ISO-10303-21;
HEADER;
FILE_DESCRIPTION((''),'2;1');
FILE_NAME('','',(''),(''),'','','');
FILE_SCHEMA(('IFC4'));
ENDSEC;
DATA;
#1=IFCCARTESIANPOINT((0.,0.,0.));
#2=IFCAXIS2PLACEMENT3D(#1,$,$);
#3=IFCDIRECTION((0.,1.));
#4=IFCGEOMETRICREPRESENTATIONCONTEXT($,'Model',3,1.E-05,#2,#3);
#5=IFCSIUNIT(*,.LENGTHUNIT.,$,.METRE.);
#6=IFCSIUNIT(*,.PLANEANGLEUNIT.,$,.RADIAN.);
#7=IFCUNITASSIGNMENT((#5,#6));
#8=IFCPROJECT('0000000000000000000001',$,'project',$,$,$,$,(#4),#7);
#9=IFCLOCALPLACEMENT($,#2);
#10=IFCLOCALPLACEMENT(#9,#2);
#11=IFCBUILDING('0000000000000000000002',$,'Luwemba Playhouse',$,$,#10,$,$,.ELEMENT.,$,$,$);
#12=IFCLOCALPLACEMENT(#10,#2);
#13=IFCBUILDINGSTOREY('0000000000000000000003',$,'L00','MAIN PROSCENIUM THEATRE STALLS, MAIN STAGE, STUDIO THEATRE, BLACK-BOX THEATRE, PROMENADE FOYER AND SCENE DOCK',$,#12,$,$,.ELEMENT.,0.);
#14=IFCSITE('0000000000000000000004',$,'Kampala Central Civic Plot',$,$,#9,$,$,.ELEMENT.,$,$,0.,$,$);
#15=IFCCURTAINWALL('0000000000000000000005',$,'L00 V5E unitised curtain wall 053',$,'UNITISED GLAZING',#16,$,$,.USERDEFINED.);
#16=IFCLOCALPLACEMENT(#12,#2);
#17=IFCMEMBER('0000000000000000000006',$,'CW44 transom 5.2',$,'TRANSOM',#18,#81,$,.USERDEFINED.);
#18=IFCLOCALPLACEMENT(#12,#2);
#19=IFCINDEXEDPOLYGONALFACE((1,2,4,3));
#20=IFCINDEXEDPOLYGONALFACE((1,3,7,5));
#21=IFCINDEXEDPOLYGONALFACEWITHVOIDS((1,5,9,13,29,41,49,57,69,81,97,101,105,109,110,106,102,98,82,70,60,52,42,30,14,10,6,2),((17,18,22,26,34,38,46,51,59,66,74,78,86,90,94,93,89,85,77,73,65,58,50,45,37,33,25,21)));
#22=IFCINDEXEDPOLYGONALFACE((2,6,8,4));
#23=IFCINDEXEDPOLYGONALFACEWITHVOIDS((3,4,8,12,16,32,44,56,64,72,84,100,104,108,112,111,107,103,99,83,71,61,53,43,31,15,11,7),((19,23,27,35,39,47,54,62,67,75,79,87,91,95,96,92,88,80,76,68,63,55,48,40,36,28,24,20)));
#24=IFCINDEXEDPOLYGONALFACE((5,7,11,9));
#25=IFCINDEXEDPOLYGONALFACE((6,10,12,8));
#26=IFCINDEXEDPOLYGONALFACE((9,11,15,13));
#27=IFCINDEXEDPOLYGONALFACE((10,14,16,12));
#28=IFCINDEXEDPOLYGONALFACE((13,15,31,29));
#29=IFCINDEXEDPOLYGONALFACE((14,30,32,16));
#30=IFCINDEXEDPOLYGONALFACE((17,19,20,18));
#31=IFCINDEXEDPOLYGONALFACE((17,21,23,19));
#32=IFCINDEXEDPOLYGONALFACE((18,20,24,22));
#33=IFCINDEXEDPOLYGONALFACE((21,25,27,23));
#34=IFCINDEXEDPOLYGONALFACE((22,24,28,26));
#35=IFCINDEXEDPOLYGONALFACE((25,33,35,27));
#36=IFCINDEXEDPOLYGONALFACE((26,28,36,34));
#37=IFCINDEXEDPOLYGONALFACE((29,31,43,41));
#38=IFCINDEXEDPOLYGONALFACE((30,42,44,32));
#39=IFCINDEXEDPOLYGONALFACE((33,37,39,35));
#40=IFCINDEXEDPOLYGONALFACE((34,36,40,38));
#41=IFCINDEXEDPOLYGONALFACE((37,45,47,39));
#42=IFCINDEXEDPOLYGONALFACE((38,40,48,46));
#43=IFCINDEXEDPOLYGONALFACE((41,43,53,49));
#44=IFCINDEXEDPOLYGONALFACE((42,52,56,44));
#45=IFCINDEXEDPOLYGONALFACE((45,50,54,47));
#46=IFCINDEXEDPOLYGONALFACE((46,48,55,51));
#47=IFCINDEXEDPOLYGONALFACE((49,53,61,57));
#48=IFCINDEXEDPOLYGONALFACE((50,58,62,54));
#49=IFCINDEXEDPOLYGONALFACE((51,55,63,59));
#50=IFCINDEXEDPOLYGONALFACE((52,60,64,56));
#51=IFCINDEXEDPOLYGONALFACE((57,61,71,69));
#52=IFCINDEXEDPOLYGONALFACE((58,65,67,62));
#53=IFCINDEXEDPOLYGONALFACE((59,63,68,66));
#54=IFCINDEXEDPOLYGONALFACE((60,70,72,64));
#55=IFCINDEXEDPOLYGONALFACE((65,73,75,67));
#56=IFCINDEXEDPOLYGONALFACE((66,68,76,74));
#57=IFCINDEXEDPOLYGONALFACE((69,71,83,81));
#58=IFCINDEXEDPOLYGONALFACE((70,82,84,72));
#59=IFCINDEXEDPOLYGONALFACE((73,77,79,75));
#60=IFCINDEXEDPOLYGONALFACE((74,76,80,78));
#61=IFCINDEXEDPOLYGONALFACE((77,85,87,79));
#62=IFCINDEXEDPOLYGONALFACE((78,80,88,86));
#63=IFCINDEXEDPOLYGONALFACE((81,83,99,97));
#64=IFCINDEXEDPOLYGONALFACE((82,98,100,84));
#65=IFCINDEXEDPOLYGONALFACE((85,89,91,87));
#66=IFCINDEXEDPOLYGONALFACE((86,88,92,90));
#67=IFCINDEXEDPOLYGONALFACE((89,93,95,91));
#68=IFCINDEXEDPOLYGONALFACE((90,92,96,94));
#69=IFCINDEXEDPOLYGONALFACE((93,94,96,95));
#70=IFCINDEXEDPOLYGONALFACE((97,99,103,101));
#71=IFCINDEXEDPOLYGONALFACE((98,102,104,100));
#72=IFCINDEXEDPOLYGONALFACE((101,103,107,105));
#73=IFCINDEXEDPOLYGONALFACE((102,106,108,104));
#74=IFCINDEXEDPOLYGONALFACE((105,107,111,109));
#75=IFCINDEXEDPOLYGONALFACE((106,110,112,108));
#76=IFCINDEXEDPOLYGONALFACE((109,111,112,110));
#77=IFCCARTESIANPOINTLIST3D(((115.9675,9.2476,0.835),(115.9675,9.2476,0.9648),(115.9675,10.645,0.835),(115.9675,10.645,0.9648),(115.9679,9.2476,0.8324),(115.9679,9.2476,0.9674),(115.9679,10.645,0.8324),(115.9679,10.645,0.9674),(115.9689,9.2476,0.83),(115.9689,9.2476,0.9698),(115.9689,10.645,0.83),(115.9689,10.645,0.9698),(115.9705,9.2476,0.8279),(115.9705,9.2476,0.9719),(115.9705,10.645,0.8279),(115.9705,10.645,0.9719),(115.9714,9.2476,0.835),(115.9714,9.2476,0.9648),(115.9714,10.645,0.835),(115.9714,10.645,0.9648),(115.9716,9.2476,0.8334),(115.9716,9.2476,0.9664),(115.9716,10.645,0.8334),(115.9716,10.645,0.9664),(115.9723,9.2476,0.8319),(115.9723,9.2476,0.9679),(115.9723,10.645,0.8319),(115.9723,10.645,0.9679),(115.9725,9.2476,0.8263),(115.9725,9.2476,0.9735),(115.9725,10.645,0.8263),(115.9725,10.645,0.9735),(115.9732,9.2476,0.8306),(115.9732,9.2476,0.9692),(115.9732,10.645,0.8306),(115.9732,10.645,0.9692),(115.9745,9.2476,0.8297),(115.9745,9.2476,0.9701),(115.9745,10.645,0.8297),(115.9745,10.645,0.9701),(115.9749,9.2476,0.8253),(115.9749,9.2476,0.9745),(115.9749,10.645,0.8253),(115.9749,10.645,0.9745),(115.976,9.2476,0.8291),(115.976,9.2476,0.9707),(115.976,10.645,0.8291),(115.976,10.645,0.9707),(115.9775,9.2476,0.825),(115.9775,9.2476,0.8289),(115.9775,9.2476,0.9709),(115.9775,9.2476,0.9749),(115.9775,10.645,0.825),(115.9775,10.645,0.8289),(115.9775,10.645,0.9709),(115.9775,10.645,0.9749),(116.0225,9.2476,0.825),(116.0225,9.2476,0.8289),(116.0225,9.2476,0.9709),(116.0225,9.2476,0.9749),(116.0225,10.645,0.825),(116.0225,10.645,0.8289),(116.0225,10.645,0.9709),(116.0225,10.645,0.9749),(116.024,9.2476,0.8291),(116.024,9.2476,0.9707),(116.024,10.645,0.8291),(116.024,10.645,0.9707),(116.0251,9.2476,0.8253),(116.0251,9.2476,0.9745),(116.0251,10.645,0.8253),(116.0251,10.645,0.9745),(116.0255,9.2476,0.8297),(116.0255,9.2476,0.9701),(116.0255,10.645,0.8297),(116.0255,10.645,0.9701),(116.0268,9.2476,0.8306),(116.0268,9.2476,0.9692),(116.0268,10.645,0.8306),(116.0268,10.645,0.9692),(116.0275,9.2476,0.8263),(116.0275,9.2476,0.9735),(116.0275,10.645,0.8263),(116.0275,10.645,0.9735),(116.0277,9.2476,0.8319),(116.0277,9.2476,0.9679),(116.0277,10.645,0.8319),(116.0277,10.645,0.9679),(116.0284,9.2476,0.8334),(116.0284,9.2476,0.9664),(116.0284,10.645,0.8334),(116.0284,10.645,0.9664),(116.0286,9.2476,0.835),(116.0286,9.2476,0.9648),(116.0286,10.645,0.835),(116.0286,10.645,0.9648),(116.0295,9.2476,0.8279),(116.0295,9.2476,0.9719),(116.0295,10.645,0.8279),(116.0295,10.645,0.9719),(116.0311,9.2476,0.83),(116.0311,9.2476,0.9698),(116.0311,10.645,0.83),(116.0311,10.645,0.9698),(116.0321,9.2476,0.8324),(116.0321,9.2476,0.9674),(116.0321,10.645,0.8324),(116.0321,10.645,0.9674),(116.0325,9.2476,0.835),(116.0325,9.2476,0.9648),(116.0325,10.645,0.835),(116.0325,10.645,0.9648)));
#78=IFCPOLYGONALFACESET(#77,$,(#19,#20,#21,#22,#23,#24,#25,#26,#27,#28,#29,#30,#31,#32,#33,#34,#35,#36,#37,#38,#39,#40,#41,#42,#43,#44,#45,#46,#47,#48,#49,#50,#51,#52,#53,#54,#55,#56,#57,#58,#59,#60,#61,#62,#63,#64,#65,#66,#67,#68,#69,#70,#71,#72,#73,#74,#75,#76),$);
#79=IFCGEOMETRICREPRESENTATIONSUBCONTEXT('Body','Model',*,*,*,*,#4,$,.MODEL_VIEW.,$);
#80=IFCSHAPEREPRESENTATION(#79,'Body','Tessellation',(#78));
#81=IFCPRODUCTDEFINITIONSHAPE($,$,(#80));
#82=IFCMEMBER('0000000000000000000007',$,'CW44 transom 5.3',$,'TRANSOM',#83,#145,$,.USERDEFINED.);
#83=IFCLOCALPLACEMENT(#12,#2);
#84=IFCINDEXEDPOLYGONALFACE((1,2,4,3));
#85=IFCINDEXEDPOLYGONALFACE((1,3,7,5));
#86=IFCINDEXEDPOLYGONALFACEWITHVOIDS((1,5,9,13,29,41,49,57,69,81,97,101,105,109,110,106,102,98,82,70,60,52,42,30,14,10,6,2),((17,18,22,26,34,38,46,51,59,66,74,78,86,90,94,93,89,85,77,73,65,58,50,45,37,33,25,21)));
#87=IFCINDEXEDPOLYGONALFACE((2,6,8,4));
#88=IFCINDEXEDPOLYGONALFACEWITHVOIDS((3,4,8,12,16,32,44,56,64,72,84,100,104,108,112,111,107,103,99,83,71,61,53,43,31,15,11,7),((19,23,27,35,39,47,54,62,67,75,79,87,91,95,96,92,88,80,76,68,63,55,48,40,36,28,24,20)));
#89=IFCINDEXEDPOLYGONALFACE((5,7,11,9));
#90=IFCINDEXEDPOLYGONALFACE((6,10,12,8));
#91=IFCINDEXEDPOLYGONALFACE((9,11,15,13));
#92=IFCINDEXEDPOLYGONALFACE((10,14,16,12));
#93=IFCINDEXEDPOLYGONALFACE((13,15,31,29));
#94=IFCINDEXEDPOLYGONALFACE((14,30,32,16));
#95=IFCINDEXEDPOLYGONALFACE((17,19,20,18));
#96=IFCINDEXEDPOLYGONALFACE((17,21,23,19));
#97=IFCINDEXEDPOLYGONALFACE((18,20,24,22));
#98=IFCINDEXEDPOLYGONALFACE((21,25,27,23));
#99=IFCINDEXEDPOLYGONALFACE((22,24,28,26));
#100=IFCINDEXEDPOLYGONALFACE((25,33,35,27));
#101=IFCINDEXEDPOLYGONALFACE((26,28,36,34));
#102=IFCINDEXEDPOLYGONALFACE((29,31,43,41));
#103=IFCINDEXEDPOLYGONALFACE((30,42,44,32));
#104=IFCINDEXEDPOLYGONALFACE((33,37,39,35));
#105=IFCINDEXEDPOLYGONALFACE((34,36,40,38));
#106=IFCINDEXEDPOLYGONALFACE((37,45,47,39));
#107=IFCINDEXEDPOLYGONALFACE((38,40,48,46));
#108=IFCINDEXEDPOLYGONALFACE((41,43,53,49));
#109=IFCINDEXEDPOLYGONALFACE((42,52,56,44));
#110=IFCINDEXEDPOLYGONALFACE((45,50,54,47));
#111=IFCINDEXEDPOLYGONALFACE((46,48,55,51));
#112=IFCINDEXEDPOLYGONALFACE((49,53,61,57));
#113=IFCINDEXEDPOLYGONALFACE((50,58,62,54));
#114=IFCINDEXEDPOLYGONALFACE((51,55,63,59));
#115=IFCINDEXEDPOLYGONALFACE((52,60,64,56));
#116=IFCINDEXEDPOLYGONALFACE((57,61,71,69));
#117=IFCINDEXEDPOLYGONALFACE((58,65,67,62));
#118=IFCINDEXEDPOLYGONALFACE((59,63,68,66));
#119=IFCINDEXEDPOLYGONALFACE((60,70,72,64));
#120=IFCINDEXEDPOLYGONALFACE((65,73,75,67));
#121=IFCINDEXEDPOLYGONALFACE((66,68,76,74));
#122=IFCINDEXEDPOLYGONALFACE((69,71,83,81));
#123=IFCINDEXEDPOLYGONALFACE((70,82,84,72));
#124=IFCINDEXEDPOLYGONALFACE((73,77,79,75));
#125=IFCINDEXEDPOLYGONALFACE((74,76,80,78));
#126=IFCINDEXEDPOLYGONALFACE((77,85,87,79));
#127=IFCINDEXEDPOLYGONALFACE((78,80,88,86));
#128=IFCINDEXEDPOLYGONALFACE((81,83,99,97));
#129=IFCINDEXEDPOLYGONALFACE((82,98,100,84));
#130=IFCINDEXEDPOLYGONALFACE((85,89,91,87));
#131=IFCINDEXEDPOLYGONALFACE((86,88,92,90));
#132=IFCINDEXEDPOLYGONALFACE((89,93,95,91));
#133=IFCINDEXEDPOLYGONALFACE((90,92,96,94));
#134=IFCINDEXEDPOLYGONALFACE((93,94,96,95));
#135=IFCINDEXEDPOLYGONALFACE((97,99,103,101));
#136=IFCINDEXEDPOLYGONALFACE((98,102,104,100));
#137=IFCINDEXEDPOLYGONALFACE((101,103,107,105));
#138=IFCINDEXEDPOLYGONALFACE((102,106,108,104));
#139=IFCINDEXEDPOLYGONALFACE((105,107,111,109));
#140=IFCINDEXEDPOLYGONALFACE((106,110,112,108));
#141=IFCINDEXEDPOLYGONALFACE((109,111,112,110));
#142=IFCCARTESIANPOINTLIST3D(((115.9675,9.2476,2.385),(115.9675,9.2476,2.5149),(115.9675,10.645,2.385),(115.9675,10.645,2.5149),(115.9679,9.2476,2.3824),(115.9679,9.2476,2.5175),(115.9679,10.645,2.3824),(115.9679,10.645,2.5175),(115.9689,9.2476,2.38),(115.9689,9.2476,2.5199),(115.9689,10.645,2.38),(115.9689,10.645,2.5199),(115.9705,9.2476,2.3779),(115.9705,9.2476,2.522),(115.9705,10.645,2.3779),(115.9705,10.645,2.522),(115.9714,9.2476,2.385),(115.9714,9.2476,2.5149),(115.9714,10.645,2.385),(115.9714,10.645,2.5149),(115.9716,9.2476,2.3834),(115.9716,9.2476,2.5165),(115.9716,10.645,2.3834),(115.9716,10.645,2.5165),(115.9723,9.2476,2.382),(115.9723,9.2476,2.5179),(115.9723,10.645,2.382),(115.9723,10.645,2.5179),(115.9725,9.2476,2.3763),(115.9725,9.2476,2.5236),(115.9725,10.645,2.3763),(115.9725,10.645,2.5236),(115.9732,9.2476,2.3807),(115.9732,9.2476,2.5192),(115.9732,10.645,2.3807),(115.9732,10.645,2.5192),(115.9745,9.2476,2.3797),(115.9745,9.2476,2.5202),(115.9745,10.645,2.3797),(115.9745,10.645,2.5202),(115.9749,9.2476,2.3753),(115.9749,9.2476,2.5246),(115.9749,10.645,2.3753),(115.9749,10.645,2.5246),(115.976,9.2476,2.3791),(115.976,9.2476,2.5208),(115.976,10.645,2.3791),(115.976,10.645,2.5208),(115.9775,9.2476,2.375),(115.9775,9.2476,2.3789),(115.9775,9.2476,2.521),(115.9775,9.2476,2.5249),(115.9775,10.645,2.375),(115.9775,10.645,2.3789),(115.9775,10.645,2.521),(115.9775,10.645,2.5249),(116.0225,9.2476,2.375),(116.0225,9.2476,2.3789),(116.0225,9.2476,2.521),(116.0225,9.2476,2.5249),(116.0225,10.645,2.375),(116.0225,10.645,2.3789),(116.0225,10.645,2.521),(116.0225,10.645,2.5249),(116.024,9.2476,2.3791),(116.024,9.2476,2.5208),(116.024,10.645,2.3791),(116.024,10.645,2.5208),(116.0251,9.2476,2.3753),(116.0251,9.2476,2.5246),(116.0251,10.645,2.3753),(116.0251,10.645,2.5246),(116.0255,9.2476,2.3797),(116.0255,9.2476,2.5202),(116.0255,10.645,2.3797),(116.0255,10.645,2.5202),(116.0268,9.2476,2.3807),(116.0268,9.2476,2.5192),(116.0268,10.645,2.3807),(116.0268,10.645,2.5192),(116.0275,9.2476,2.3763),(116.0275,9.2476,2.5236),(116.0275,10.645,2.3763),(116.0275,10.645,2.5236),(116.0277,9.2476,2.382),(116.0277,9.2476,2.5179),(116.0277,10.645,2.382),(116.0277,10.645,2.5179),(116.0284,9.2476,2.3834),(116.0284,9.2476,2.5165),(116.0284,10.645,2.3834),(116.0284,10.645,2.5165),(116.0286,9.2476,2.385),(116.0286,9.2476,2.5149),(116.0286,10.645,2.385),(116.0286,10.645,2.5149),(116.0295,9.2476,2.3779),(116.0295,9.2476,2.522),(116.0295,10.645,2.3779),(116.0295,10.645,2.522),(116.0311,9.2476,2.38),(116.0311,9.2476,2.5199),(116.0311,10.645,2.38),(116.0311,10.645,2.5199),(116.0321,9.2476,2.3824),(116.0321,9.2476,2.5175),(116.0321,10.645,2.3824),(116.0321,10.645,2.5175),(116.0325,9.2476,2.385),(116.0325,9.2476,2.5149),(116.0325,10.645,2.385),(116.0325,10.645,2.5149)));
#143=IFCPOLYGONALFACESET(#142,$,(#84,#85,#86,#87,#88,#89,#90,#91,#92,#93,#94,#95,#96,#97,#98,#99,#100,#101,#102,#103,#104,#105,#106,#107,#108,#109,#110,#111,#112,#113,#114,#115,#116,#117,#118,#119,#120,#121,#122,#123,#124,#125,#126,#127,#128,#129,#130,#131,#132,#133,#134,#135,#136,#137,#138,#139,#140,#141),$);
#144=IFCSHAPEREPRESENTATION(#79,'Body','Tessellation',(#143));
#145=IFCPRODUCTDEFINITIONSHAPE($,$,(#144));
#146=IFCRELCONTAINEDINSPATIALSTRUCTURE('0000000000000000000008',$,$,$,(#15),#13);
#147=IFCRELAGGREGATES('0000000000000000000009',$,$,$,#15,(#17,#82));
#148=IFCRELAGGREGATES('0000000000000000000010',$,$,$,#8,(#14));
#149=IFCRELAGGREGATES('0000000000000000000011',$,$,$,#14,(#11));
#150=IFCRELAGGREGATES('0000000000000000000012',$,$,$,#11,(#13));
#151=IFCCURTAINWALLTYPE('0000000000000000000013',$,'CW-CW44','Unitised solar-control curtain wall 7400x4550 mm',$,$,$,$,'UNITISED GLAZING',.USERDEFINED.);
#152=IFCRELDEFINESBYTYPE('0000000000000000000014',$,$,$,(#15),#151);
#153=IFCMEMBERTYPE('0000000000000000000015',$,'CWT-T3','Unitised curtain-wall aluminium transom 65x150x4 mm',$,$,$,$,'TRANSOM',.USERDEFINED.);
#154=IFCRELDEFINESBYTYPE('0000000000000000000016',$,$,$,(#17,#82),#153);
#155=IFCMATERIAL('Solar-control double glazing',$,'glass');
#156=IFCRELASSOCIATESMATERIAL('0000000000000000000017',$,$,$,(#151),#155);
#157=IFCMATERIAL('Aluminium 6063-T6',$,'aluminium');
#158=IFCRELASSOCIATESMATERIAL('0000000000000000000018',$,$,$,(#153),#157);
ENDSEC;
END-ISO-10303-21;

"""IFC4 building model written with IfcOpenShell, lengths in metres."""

from ifc_helpers import new_model, si_unit, direction, frame, origin, origin_2d, place, context, subcontext, project, spatial, hollow_rectangle, extrude, material, material_profile, profile_set, type_object, element, aggregate, save


model = new_model("IFC4")

# Units and contexts
model_context = context("Model", 3, precision=1e-05, world=origin(), true_north=direction((0.0, 1.0)))
body_context = subcontext(model_context, "Body", "Model", "MODEL_VIEW")
ifc_project = project(units=[si_unit("LENGTHUNIT", "METRE"), si_unit("PLANEANGLEUNIT", "RADIAN")], contexts=[model_context])

# Site, building, storey
site_placement = place(None, origin())
site = spatial("IfcSite", under=ifc_project, at=site_placement, Name="Kampala Central Civic Plot", CompositionType="ELEMENT", RefElevation=0.0)
building_placement = place(site_placement, origin())
building = spatial("IfcBuilding", under=site, at=building_placement, Name="Luwemba Playhouse", CompositionType="ELEMENT")
storey_placement = place(building_placement, origin())
storey = spatial("IfcBuildingStorey", under=building, at=storey_placement, Name="L00", Description="MAIN PROSCENIUM THEATRE STALLS, MAIN STAGE, STUDIO THEATRE, BLACK-BOX THEATRE, PROMENADE FOYER AND SCENE DOCK", CompositionType="ELEMENT", Elevation=0.0)

# Curtain wall
ifc_material_1 = material(Name="Solar-control double glazing", Category="glass")
curtain_wall_type_1 = type_object("IfcCurtainWallType", Name="CW-CW44", Description="Unitised solar-control curtain wall 7400x4550 mm", ElementType="UNITISED GLAZING", PredefinedType="USERDEFINED", material=ifc_material_1)
curtain_wall_1_placement = place(storey_placement, origin())
curtain_wall_1 = element("IfcCurtainWall", 1, at=curtain_wall_1_placement, inside=storey, type_object=curtain_wall_type_1, Name="L00 V5E unitised curtain wall 053", ObjectType="UNITISED GLAZING", PredefinedType="USERDEFINED")
ifc_material_2 = material(Name="Aluminium 6063-T6", Category="aluminium")

# Members
ifc_material_profile_1 = material_profile(ifc_material_2, hollow_rectangle(XDim=0.0649, YDim=0.1499, WallThickness=0.0039, InnerFilletRadius=0.0061, OuterFilletRadius=0.01, at=origin_2d()))
ifc_profile_set_1 = profile_set([ifc_material_profile_1], Name="Aluminium 6063-T6")
member_type_1 = type_object("IfcMemberType", Name="CWT-T3", Description="Unitised curtain-wall aluminium transom 65x150x4 mm", ElementType="TRANSOM", PredefinedType="USERDEFINED", material=ifc_profile_set_1)
member_1_placement = place(storey_placement, frame((116.0, 9.2476, 0.8999), z_axis=(0.0, 1.0, 0.0), x_axis=(-1.0, 0.0, 0.0)))
member_1 = element("IfcMember", 2, at=member_1_placement, type_object=member_type_1, Name="CW44 transom 5.2", ObjectType="TRANSOM", PredefinedType="USERDEFINED", context=body_context, shape_type="SweptSolid", body=[
    extrude(hollow_rectangle(XDim=0.0649, YDim=0.1499, WallThickness=0.0039, InnerFilletRadius=0.0061, OuterFilletRadius=0.01, at=origin_2d()), origin(), (0.0, 0.0, 1.0), 1.3975),
])
member_2_placement = place(storey_placement, frame((116.0, 9.2476, 2.45), z_axis=(0.0, 1.0, 0.0), x_axis=(-1.0, 0.0, 0.0)))
member_2 = element("IfcMember", 3, at=member_2_placement, type_object=member_type_1, Name="CW44 transom 5.3", ObjectType="TRANSOM", PredefinedType="USERDEFINED", context=body_context, shape_type="SweptSolid", body=[
    extrude(hollow_rectangle(XDim=0.0649, YDim=0.1499, WallThickness=0.0039, InnerFilletRadius=0.0061, OuterFilletRadius=0.01, at=origin_2d()), origin(), (0.0, 0.0, 1.0), 1.3975),
])

aggregate(curtain_wall_1, [member_1, member_2])

save(model, "model.ifc")
